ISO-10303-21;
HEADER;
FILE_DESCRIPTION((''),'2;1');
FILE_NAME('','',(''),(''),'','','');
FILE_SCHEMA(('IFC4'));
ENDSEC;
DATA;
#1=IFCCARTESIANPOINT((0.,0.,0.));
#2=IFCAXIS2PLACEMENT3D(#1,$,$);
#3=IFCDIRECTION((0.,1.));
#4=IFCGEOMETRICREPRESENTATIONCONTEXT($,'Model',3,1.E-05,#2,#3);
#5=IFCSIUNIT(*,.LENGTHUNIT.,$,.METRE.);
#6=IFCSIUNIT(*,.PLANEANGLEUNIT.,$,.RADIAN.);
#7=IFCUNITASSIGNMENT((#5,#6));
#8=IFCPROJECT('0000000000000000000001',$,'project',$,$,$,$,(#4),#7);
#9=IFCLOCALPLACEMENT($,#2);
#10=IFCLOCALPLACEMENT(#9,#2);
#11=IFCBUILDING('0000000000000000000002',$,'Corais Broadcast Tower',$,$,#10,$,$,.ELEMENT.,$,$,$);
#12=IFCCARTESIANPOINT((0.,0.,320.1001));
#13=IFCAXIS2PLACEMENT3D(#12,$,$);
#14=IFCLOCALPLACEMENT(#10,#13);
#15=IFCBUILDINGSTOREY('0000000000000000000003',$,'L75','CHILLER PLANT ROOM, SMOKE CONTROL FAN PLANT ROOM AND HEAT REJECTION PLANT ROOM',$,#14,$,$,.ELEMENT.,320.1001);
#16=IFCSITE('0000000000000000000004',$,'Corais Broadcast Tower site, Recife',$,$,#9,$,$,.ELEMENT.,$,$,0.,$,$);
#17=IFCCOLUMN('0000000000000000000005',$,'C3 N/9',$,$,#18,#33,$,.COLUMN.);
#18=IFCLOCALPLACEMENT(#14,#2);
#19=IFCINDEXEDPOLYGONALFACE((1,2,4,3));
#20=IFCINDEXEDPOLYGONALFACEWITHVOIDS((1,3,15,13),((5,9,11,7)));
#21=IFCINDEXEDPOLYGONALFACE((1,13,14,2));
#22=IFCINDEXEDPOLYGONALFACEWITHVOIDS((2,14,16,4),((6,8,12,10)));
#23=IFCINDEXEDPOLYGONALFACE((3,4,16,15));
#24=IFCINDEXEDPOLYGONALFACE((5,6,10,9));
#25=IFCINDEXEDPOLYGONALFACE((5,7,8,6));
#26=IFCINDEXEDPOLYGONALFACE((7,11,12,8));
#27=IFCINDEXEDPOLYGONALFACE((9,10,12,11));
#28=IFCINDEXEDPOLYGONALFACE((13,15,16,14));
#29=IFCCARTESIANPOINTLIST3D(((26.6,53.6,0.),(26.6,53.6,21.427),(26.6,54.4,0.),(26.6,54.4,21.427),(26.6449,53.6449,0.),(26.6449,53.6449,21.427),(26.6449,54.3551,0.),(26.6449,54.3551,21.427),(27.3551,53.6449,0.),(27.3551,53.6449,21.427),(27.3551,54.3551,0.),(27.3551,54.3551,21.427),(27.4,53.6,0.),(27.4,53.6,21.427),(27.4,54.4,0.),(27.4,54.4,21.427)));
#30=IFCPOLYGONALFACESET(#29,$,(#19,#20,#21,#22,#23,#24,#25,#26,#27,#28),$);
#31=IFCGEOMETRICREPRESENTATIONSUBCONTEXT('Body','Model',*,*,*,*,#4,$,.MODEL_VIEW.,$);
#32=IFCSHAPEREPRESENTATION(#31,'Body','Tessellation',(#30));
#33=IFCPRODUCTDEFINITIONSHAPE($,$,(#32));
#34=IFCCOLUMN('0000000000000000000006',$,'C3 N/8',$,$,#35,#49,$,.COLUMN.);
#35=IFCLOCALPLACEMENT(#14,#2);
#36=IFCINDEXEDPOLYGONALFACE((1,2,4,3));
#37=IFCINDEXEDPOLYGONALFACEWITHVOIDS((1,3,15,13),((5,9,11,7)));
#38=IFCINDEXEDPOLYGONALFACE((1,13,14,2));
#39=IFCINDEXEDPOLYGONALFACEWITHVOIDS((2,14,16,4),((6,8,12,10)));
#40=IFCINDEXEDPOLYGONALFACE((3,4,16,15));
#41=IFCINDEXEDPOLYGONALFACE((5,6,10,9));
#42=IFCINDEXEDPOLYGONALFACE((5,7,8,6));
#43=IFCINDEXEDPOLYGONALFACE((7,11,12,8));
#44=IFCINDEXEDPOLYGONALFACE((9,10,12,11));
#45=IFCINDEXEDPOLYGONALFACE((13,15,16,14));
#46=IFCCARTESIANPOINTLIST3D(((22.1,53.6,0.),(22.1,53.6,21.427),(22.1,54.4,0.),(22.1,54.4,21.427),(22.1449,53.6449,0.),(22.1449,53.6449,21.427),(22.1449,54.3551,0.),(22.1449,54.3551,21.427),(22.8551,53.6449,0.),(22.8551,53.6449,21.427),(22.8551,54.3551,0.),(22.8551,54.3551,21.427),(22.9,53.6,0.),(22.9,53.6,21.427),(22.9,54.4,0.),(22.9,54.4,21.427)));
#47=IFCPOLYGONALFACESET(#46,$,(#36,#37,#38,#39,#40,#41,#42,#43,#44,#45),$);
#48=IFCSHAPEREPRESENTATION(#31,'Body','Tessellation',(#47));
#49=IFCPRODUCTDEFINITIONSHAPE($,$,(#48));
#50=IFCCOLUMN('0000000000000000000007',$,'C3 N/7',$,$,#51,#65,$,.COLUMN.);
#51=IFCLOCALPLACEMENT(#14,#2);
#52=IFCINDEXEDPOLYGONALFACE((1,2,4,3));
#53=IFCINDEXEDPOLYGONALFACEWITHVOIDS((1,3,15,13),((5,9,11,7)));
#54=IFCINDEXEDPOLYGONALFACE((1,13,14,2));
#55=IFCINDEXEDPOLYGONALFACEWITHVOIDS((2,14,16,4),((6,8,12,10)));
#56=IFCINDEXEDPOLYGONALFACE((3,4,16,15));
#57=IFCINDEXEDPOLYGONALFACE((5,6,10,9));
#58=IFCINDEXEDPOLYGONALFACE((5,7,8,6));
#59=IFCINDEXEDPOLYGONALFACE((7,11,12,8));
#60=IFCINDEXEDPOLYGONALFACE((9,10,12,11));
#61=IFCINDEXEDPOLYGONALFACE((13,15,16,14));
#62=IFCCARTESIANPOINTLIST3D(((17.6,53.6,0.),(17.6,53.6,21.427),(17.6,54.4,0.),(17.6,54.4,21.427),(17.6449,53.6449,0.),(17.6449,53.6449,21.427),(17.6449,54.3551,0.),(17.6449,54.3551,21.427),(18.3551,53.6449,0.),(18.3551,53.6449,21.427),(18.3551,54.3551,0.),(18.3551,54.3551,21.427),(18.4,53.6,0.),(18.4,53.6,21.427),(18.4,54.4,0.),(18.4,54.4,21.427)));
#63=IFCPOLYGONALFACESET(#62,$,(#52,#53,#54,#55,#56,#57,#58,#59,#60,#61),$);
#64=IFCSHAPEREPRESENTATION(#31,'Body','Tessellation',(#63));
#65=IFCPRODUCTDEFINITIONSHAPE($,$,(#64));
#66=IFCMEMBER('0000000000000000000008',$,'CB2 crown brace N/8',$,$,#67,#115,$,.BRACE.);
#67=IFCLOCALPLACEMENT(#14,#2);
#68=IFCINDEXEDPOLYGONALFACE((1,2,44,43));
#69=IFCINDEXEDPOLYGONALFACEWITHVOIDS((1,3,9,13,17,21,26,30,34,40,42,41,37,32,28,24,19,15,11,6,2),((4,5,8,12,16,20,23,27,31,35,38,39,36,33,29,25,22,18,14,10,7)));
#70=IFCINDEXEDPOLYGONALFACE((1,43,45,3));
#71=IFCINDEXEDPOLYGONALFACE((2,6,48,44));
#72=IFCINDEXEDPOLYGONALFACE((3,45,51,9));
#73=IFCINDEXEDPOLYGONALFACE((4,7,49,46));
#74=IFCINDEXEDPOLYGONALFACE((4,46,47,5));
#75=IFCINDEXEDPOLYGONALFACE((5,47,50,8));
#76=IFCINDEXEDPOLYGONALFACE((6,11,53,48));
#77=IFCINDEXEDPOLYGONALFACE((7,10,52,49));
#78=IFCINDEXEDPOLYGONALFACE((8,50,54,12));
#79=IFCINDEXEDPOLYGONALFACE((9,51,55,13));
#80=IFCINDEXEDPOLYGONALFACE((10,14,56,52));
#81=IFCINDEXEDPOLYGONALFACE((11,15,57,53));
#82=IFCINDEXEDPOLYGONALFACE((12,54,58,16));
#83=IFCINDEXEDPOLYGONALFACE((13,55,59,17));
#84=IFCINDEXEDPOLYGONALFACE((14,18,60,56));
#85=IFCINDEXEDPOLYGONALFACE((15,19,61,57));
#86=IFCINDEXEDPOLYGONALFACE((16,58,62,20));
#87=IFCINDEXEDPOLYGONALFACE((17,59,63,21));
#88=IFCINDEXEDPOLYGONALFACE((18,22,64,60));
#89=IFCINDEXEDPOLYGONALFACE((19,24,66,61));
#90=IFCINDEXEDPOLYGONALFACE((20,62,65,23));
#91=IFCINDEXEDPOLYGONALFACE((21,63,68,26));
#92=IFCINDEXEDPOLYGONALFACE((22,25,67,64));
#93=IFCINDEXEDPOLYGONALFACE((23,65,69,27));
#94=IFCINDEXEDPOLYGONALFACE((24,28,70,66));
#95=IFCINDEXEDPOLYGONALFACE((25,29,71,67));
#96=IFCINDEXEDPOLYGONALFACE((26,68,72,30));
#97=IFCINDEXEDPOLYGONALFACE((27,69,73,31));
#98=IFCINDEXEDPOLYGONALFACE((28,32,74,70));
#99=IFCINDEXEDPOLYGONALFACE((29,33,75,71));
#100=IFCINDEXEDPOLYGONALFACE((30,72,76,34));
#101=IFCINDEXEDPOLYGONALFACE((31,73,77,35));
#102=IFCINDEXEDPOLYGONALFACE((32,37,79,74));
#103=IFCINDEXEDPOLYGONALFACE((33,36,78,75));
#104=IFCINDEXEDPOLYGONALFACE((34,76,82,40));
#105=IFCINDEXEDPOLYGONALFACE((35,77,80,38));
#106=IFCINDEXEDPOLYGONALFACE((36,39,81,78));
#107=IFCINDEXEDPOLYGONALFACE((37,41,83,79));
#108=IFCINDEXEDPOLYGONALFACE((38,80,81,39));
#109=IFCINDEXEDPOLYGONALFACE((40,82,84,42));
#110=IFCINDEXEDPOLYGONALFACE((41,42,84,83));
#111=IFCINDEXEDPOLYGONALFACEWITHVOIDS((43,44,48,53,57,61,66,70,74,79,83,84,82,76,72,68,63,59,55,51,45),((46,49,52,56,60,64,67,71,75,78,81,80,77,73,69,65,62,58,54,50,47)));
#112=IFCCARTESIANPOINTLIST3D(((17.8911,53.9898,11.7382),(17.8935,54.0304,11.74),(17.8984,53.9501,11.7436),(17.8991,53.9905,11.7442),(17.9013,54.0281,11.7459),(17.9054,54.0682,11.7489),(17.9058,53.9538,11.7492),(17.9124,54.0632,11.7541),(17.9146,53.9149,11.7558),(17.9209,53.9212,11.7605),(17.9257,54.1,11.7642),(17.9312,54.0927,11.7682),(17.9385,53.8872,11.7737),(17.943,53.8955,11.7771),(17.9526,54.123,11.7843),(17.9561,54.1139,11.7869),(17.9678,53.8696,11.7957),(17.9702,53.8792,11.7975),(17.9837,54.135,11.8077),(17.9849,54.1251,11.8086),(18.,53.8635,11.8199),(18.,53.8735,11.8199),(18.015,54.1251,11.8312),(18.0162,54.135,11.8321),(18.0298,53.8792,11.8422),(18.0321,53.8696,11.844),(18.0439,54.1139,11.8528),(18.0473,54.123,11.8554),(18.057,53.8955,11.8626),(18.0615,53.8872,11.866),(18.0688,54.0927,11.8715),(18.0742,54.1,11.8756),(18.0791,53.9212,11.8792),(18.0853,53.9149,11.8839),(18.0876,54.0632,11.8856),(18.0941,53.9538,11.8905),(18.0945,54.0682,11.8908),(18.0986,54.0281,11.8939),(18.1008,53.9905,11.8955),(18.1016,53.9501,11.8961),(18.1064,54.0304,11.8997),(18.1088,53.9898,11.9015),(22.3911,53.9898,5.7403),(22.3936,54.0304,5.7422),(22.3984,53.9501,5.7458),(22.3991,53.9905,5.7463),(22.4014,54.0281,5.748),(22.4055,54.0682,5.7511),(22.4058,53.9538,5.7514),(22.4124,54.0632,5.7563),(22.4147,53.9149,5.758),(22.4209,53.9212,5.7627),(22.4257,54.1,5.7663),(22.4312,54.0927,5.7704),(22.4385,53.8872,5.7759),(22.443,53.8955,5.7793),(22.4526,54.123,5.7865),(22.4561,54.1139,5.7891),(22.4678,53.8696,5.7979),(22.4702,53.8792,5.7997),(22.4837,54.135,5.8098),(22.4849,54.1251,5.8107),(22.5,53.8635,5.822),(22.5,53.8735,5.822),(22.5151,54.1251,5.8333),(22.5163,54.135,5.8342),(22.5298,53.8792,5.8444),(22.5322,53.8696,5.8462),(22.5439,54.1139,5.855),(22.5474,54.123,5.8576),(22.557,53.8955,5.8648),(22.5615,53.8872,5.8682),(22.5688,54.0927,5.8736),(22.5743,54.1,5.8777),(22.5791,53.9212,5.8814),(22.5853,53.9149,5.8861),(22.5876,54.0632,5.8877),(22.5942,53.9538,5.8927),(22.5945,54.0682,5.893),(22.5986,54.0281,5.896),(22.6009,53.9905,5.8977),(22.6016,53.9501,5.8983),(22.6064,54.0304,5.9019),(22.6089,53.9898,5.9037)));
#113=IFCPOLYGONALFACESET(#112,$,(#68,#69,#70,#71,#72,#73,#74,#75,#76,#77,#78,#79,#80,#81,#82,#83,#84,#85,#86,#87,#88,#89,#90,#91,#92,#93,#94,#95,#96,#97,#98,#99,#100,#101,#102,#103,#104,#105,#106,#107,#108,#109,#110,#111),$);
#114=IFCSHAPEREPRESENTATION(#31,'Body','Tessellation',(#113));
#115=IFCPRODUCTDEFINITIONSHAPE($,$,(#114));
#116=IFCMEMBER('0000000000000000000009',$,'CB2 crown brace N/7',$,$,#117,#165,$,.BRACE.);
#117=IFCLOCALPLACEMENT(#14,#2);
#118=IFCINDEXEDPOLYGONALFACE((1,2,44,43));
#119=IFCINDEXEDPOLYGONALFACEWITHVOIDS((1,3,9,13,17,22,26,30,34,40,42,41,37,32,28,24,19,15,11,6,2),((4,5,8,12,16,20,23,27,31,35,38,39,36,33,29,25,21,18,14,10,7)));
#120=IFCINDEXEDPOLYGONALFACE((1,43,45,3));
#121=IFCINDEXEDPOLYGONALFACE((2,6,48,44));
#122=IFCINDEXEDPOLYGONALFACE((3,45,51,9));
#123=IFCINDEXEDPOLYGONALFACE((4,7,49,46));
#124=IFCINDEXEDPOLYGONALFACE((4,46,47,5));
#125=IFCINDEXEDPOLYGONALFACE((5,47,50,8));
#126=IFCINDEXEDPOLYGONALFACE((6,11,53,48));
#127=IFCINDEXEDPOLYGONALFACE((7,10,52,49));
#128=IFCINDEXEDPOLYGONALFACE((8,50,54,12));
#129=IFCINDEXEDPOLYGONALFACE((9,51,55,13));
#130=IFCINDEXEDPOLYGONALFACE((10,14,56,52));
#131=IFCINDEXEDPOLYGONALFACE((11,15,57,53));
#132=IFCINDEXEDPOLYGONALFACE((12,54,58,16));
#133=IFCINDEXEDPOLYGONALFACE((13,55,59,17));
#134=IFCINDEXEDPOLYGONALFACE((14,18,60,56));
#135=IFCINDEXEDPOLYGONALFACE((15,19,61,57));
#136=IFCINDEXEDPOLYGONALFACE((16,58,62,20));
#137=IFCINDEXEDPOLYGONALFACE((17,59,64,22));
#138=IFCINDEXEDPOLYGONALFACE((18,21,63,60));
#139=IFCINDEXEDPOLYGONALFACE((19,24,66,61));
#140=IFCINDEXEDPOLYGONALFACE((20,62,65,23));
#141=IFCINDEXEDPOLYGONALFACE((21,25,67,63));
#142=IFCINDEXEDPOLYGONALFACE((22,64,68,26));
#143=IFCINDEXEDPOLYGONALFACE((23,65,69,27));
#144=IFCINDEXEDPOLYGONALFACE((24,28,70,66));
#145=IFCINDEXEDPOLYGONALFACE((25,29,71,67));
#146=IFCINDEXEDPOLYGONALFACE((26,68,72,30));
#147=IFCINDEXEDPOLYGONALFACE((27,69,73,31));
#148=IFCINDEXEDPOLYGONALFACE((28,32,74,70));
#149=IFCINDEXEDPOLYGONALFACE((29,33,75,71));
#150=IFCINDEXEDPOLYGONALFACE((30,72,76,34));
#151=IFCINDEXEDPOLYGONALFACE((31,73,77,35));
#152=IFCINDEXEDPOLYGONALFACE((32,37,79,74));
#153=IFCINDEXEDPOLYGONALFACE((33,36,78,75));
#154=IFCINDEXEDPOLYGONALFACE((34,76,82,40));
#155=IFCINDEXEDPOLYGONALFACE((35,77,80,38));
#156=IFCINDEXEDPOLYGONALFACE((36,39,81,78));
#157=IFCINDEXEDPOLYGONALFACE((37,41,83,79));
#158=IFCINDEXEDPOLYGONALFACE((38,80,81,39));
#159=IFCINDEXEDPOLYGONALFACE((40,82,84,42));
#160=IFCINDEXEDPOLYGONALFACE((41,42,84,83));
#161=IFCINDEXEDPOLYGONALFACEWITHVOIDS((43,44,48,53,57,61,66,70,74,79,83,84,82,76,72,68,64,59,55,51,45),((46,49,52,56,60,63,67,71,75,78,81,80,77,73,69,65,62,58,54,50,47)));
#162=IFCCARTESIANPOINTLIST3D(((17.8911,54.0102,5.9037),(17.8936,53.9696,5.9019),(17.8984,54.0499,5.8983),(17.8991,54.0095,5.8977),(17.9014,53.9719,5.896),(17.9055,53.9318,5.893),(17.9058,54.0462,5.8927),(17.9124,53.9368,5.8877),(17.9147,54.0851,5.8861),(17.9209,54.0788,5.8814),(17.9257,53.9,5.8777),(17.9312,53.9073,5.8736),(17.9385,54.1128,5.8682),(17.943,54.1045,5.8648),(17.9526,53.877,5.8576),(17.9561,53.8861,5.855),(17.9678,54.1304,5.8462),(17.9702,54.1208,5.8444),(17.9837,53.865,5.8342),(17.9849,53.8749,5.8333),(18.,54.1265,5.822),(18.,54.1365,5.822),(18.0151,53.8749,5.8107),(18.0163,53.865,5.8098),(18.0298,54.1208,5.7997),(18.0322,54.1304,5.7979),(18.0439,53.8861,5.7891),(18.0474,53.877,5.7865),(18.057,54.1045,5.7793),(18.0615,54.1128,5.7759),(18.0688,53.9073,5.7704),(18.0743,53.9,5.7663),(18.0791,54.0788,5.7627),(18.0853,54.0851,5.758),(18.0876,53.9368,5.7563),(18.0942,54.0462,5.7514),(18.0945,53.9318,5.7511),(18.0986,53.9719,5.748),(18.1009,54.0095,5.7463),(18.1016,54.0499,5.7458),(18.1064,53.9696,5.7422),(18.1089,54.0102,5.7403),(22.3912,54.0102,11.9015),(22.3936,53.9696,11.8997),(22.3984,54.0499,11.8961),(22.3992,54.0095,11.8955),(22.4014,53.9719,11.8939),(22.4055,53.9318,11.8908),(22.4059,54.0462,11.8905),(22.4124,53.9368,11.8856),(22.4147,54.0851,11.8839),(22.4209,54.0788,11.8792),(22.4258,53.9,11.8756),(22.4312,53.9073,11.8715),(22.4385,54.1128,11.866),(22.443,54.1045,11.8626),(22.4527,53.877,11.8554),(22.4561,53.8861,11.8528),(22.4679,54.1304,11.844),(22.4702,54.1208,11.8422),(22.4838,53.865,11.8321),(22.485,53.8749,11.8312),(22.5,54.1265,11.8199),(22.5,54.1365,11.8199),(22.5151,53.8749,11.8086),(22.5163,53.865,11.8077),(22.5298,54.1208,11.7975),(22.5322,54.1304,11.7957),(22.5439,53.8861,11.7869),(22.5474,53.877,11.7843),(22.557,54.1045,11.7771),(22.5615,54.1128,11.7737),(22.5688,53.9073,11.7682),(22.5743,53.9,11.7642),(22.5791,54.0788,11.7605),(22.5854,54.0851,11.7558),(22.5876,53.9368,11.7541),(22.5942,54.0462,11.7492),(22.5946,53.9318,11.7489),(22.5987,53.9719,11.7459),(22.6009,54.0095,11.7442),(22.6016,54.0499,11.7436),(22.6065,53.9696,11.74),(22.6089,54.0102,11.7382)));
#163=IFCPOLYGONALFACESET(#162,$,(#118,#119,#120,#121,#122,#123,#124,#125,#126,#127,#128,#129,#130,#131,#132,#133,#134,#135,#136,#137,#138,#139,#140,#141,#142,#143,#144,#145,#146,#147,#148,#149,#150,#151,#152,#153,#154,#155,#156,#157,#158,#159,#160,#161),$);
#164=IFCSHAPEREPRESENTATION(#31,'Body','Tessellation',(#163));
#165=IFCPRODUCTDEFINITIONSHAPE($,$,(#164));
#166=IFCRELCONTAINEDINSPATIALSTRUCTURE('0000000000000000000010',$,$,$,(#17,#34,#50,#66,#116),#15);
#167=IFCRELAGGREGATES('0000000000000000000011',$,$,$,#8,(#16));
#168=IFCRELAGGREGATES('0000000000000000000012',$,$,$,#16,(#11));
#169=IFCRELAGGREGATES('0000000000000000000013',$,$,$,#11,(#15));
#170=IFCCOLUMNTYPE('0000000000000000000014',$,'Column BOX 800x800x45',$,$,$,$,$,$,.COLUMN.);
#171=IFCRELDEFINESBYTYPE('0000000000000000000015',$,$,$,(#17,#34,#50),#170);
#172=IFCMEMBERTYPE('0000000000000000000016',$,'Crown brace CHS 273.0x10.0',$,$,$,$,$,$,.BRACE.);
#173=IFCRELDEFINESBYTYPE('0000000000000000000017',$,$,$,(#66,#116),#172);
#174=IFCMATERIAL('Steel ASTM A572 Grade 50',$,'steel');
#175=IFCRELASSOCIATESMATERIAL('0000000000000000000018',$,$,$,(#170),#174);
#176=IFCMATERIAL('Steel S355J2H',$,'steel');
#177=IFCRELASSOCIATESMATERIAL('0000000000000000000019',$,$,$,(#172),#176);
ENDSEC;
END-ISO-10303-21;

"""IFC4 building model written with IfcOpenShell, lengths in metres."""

from ifc_helpers import new_model, si_unit, direction, frame, origin, origin_2d, place, context, subcontext, project, spatial, hollow_rectangle, hollow_circle, extrude, material, material_profile, profile_set, type_object, element, save


model = new_model("IFC4")

# Units and contexts
model_context = context("Model", 3, precision=1e-05, world=origin(), true_north=direction((0.0, 1.0)))
body_context = subcontext(model_context, "Body", "Model", "MODEL_VIEW")
ifc_project = project(units=[si_unit("LENGTHUNIT", "METRE"), si_unit("PLANEANGLEUNIT", "RADIAN")], contexts=[model_context])

# Site, building, storey
site_placement = place(None, origin())
site = spatial("IfcSite", under=ifc_project, at=site_placement, Name="Corais Broadcast Tower site, Recife", CompositionType="ELEMENT", RefElevation=0.0)
building_placement = place(site_placement, origin())
building = spatial("IfcBuilding", under=site, at=building_placement, Name="Corais Broadcast Tower", CompositionType="ELEMENT")
storey_placement = place(building_placement, frame((0.0, 0.0, 320.1001)))
storey = spatial("IfcBuildingStorey", under=building, at=storey_placement, Name="L75", Description="CHILLER PLANT ROOM, SMOKE CONTROL FAN PLANT ROOM AND HEAT REJECTION PLANT ROOM", CompositionType="ELEMENT", Elevation=320.1001)

# Columns
ifc_material_1 = material(Name="Steel ASTM A572 Grade 50", Category="steel")
ifc_material_profile_1 = material_profile(ifc_material_1, hollow_rectangle(XDim=0.8, YDim=0.8, WallThickness=0.0449, at=origin_2d()), Name="BOX 800x800x45")
ifc_profile_set_1 = profile_set([ifc_material_profile_1], Name="Steel ASTM A572 Grade 50")
column_type = type_object("IfcColumnType", Name="Column BOX 800x800x45", PredefinedType="COLUMN", material=ifc_profile_set_1)
for number, where, z_axis, x_axis, name in (
    (1, (27.0, 54.0, 0.0), (0.0, 0.0, 1.0), (1.0, 0.0, 0.0), "C3 N/9"),
    (2, (22.5, 54.0, 0.0), (0.0, 0.0, 1.0), (1.0, 0.0, 0.0), "C3 N/8"),
    (3, (18.0, 54.0, 0.0), (0.0, 0.0, 1.0), (1.0, 0.0, 0.0), "C3 N/7"),
):
    element("IfcColumn", number, at=place(storey_placement, frame(where, z_axis=z_axis, x_axis=x_axis)), inside=storey, type_object=column_type, Name=name, PredefinedType="COLUMN", context=body_context, shape_type="SweptSolid", body=[
        extrude(hollow_rectangle(XDim=0.8, YDim=0.8, WallThickness=0.0449, at=origin_2d()), origin(), (0.0, 0.0, 1.0), 21.427),
    ])

# Members
ifc_material_2 = material(Name="Steel S355J2H", Category="steel")
ifc_material_profile_2 = material_profile(ifc_material_2, hollow_circle(Radius=0.1365, WallThickness=0.01, at=origin_2d()), Name="CHS 273.0x10.0")
ifc_profile_set_2 = profile_set([ifc_material_profile_2], Name="Steel S355J2H")
member_type_1 = type_object("IfcMemberType", Name="Crown brace CHS 273.0x10.0", PredefinedType="BRACE", material=ifc_profile_set_2)
for number, where, z_axis, x_axis, name in (
    (4, (22.5, 54.0, 5.822), (-0.600141, 0.0, 0.799894), (0.0, -1.0, 0.0), "CB2 crown brace N/8"),
    (5, (18.0, 54.0, 5.822), (0.600141, 0.0, 0.799894), (0.0, 1.0, 0.0), "CB2 crown brace N/7"),
):
    element("IfcMember", number, at=place(storey_placement, frame(where, z_axis=z_axis, x_axis=x_axis)), inside=storey, type_object=member_type_1, Name=name, PredefinedType="BRACE", context=body_context, shape_type="SweptSolid", body=[
        extrude(hollow_circle(Radius=0.1365, WallThickness=0.01, at=origin_2d()), origin(), (0.0, 0.0, 1.0), 7.4983),
    ])

save(model, "model.ifc")
